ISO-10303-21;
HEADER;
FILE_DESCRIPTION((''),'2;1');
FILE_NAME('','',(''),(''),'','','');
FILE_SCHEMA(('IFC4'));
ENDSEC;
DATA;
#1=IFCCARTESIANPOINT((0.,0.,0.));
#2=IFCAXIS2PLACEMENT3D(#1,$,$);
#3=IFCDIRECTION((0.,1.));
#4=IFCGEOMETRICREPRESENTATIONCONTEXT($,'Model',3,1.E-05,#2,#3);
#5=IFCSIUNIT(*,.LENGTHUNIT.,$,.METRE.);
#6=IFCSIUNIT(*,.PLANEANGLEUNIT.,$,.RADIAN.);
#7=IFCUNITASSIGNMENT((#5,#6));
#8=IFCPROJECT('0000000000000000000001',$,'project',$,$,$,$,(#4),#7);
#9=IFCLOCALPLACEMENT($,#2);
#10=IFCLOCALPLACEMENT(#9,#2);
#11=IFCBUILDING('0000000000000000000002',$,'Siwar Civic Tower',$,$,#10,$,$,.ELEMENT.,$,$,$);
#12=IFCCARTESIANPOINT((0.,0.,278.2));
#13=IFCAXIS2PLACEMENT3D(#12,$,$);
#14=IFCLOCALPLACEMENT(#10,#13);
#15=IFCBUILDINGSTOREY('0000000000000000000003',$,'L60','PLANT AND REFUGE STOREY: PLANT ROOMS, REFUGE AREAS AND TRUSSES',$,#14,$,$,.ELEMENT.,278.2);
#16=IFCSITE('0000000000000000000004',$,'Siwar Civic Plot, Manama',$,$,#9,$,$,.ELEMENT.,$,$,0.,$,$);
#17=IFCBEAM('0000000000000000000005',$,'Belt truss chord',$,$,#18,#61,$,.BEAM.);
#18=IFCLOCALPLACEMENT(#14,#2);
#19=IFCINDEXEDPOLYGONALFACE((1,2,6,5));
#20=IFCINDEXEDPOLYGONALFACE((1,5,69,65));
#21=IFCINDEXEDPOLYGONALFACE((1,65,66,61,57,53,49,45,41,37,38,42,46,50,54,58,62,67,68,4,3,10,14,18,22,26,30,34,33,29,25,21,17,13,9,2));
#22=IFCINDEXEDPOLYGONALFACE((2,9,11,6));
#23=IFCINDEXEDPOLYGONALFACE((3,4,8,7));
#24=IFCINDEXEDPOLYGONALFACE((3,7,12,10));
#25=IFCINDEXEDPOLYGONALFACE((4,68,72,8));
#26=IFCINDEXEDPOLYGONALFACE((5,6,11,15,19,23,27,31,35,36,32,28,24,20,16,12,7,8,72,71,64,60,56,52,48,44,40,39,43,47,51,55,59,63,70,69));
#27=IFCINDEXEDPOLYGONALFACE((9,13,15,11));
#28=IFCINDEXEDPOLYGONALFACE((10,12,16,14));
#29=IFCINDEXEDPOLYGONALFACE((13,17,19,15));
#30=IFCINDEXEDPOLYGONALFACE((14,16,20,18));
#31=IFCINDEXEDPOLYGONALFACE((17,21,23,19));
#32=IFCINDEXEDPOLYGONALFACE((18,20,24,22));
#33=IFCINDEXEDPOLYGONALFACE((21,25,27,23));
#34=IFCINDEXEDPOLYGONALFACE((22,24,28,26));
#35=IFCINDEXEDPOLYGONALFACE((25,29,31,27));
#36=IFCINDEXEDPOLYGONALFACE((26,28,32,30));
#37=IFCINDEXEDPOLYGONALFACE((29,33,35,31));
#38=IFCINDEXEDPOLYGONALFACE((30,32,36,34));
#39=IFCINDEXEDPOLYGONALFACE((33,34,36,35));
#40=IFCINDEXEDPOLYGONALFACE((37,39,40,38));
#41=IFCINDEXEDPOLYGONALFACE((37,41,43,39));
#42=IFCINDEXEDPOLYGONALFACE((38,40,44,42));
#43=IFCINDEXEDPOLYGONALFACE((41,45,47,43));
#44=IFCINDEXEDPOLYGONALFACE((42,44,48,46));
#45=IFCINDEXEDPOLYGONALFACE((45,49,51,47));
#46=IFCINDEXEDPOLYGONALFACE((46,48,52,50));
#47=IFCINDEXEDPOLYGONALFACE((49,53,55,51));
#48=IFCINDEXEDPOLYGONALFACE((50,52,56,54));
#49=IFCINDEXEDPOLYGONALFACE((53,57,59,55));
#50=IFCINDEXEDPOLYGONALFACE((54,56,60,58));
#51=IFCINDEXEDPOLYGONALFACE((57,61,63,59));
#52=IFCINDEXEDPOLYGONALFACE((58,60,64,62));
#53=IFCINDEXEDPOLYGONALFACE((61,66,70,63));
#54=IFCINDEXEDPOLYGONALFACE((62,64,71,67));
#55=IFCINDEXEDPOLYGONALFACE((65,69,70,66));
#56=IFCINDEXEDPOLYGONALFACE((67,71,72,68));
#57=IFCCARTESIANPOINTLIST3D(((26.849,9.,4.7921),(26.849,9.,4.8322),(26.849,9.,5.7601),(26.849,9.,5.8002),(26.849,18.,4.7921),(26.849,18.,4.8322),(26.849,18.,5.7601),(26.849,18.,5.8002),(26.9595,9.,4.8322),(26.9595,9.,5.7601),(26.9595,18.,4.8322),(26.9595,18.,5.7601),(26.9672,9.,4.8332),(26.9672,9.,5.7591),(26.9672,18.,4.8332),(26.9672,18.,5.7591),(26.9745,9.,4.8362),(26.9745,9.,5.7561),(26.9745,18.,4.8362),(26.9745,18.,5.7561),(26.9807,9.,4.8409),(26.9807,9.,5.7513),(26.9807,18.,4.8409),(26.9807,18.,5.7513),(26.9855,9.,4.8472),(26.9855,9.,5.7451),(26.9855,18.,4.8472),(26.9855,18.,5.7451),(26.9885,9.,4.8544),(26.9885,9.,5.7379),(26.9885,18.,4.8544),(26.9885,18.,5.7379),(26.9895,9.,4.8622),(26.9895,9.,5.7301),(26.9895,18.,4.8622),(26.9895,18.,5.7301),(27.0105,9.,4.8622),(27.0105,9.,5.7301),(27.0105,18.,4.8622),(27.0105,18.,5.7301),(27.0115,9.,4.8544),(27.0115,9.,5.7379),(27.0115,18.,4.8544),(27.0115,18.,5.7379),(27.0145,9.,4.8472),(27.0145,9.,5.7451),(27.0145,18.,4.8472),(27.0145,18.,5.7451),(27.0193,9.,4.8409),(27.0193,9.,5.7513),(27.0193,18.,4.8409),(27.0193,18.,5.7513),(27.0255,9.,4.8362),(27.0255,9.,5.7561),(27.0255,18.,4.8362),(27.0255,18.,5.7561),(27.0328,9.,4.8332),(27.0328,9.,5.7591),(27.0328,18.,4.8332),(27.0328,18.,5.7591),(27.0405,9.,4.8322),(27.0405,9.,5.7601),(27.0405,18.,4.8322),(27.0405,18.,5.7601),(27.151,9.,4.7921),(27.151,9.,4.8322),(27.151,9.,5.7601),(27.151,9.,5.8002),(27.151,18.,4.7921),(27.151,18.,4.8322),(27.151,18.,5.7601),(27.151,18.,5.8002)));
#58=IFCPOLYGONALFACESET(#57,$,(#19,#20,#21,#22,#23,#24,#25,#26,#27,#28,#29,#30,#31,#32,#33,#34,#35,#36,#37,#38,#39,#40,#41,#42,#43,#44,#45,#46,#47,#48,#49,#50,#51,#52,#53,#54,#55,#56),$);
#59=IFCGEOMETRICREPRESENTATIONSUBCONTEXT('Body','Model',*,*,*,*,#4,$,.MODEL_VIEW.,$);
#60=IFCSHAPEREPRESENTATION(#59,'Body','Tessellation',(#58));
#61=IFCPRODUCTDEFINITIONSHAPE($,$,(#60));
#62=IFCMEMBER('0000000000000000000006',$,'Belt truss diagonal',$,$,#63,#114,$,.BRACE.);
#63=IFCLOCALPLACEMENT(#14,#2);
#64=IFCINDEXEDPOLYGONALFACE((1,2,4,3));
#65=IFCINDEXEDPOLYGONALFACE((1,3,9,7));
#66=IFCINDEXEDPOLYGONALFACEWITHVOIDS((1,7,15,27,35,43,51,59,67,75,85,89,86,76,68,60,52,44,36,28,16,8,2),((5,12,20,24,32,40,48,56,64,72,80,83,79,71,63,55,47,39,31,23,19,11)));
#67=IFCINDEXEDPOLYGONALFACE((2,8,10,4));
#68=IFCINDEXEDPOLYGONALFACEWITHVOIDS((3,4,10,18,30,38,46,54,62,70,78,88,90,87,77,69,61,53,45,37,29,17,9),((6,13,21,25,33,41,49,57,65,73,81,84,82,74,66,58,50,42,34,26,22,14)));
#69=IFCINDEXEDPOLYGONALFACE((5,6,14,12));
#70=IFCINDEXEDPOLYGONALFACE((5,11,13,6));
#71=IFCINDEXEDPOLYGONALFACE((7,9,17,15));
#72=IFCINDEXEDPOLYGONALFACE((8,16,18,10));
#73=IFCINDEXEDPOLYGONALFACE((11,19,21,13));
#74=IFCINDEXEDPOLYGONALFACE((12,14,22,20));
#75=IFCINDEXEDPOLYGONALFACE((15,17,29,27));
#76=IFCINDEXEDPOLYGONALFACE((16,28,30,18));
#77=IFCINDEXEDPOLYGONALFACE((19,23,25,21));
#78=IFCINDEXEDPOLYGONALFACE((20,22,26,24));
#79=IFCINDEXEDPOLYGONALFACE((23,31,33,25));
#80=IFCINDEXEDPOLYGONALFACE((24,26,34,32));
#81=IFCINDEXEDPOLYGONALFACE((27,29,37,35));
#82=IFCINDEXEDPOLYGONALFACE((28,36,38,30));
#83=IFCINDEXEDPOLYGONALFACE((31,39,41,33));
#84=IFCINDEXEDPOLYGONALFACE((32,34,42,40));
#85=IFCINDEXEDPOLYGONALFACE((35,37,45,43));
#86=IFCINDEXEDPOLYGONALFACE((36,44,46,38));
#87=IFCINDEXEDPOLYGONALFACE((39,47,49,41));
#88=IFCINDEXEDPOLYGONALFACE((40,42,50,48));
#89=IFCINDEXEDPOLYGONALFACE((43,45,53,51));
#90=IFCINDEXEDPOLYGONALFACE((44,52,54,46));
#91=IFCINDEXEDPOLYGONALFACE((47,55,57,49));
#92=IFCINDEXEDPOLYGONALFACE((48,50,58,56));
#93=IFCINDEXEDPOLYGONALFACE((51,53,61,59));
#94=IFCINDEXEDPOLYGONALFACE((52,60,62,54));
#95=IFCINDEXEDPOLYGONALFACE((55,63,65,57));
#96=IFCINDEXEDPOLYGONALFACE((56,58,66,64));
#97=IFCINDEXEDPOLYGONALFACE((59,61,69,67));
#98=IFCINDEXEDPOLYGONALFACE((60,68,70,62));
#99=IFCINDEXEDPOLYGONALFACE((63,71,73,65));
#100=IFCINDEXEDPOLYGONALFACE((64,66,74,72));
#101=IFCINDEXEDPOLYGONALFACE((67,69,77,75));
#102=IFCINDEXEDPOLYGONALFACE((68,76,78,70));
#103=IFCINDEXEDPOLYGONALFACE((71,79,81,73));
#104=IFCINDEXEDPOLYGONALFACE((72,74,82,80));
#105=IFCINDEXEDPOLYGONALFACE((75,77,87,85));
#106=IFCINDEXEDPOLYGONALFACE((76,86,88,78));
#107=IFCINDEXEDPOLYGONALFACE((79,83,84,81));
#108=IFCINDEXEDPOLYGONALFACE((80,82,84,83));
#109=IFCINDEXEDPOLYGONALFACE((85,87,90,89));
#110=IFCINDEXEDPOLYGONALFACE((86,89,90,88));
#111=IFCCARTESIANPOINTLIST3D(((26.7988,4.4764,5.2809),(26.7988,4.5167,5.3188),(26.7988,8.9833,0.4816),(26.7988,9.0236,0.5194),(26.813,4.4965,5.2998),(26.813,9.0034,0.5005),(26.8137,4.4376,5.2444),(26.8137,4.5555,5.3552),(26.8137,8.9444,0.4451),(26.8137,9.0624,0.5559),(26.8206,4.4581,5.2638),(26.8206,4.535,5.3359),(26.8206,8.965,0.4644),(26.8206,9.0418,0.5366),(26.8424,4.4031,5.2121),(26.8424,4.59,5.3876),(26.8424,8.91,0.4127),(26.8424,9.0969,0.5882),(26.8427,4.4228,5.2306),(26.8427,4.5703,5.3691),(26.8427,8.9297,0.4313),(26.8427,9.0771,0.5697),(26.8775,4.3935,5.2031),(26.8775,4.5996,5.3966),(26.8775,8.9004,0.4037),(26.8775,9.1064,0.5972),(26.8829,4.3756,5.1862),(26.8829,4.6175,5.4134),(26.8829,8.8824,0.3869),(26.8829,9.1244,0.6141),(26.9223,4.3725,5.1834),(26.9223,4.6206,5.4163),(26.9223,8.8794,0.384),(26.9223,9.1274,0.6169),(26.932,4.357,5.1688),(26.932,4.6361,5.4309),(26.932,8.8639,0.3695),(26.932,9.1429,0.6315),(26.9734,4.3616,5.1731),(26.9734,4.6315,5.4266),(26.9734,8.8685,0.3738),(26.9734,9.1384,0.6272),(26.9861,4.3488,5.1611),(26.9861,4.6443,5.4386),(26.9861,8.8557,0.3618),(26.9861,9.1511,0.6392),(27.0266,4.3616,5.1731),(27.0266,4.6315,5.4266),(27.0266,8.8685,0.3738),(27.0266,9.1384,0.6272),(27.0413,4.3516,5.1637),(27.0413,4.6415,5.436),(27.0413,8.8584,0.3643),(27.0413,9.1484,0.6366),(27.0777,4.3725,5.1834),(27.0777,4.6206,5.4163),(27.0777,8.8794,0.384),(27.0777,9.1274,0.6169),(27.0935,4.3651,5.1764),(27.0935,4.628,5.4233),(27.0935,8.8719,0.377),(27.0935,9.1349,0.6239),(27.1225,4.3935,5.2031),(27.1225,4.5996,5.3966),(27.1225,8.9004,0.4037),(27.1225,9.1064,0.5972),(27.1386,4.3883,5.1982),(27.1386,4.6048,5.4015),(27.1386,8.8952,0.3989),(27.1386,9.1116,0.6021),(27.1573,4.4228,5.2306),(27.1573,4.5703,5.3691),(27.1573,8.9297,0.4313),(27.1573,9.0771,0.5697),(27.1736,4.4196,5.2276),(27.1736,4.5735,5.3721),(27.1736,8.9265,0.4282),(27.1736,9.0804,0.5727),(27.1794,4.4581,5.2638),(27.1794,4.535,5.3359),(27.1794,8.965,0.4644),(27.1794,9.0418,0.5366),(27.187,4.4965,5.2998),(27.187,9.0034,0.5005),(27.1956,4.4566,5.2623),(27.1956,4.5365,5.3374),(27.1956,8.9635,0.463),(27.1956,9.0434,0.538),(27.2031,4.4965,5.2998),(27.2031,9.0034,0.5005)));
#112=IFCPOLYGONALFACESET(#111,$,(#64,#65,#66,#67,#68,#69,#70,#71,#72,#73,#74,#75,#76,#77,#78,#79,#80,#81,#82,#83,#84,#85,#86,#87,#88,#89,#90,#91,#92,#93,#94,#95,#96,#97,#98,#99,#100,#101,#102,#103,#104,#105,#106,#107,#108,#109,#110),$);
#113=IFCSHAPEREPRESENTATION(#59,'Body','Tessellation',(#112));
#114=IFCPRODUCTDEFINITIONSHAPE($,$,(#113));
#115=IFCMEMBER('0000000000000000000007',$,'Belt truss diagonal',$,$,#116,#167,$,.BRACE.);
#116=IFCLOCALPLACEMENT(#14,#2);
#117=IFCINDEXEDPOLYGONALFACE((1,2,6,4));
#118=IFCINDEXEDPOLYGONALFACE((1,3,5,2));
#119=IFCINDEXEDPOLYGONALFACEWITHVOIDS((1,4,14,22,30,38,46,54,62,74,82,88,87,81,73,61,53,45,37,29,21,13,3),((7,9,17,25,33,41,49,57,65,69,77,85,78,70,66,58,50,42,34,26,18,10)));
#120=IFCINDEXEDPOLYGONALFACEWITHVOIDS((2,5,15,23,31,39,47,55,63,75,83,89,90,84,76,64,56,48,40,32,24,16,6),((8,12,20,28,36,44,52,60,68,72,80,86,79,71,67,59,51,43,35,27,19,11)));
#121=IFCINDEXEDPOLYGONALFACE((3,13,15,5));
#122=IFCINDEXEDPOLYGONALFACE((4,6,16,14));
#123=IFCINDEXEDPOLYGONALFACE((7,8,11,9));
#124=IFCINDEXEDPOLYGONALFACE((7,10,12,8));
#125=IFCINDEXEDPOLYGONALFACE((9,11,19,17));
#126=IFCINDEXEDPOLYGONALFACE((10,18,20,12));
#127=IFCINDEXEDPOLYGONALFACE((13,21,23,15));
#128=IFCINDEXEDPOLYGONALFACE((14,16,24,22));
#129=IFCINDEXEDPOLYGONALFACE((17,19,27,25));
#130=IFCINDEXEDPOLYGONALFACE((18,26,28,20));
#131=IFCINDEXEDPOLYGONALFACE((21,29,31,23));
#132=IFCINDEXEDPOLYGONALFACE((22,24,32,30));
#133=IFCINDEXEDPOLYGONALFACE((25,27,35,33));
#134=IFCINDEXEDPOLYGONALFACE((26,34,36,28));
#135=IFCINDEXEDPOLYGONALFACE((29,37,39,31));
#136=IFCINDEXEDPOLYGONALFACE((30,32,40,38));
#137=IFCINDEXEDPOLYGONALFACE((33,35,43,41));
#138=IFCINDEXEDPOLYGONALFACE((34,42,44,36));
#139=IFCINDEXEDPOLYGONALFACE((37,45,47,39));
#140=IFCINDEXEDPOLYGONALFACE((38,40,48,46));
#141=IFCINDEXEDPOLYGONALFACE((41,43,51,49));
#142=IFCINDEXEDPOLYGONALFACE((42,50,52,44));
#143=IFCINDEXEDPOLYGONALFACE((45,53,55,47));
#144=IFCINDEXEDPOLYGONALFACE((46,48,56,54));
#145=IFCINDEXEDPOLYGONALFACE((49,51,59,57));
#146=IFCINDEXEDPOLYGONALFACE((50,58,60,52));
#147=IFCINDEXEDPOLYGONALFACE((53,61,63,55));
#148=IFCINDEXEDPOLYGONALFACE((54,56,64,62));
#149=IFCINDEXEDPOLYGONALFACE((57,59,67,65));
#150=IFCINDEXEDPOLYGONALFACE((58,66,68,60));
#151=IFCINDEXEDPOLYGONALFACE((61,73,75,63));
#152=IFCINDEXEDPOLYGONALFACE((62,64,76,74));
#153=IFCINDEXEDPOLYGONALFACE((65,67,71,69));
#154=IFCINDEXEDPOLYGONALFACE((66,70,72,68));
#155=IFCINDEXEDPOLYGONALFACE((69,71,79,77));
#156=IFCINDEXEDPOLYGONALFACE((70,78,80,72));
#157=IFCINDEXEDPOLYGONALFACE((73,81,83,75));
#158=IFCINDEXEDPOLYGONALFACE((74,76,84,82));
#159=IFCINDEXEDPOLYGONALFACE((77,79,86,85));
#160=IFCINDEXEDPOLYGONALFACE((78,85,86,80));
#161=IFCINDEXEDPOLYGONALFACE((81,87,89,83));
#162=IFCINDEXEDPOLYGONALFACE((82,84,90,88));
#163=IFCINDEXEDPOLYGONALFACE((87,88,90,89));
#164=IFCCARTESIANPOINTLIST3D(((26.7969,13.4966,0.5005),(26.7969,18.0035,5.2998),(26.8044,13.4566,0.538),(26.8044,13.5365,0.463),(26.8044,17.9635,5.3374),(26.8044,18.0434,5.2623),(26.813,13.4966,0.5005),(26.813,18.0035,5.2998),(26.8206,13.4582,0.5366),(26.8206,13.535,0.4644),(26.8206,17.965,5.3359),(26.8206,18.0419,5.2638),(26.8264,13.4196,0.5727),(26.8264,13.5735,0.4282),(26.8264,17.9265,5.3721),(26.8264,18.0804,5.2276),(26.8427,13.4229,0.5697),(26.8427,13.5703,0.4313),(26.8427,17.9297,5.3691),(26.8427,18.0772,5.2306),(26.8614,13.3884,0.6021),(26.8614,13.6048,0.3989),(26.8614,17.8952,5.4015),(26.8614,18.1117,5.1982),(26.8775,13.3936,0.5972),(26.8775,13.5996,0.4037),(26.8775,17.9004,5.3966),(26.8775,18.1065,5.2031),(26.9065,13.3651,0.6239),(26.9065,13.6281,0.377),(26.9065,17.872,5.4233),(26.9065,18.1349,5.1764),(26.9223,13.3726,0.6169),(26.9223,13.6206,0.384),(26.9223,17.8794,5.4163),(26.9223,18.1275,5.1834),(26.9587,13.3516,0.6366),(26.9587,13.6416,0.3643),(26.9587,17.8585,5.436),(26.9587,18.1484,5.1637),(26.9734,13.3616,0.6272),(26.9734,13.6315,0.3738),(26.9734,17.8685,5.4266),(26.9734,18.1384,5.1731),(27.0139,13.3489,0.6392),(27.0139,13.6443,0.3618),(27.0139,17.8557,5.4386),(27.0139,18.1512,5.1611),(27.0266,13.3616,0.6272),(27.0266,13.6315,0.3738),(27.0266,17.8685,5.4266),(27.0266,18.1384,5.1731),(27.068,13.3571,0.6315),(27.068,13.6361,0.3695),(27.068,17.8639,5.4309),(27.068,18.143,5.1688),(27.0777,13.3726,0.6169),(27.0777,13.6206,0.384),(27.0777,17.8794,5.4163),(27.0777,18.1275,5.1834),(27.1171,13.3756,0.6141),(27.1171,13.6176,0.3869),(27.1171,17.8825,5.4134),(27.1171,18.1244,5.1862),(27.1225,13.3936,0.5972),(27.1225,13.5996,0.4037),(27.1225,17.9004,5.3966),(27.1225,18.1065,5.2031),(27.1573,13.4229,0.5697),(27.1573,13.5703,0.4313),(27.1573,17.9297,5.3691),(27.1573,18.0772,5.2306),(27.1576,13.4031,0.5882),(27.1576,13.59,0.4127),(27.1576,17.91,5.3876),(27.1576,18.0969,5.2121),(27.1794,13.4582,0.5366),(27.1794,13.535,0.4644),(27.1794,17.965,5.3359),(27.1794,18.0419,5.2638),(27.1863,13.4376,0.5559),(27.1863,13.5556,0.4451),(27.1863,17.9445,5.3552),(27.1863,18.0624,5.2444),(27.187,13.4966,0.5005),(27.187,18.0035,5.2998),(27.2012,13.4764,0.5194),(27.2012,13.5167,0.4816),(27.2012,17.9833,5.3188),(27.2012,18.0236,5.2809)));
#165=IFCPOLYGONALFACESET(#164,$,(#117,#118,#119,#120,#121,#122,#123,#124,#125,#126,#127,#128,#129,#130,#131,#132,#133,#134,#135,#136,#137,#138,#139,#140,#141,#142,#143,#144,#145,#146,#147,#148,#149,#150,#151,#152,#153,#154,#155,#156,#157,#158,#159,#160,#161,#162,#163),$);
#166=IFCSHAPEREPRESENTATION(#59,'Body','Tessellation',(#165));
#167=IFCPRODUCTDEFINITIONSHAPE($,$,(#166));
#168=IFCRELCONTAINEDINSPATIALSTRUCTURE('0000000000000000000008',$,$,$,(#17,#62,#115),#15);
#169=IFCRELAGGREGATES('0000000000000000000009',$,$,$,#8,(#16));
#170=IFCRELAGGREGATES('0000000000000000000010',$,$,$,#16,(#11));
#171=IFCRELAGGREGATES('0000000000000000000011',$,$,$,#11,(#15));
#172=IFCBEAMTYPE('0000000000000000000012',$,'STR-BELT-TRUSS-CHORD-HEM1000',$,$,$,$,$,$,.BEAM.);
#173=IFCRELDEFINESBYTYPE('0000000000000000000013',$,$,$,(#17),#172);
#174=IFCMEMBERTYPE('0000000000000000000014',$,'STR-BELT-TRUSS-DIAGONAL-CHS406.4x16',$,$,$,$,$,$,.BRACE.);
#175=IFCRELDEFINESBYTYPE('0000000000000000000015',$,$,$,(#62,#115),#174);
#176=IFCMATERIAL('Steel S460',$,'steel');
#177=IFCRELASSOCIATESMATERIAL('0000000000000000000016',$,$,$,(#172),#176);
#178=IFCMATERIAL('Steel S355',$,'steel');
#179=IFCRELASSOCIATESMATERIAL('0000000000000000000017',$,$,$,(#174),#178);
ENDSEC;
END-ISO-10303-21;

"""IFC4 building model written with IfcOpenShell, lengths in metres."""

from ifc_helpers import new_model, si_unit, direction, frame, origin, origin_2d, place, context, subcontext, project, spatial, hollow_circle, i_section, extrude, material, material_profile, profile_set, type_object, element, save


model = new_model("IFC4")

# Units and contexts
model_context = context("Model", 3, precision=1e-05, world=origin(), true_north=direction((0.0, 1.0)))
body_context = subcontext(model_context, "Body", "Model", "MODEL_VIEW")
ifc_project = project(units=[si_unit("LENGTHUNIT", "METRE"), si_unit("PLANEANGLEUNIT", "RADIAN")], contexts=[model_context])

# Site, building, storey
site_placement = place(None, origin())
site = spatial("IfcSite", under=ifc_project, at=site_placement, Name="Siwar Civic Plot, Manama", CompositionType="ELEMENT", RefElevation=0.0)
building_placement = place(site_placement, origin())
building = spatial("IfcBuilding", under=site, at=building_placement, Name="Siwar Civic Tower", CompositionType="ELEMENT")
storey_placement = place(building_placement, frame((0.0, 0.0, 278.2)))
storey = spatial("IfcBuildingStorey", under=building, at=storey_placement, Name="L60", Description="PLANT AND REFUGE STOREY: PLANT ROOMS, REFUGE AREAS AND TRUSSES", CompositionType="ELEMENT", Elevation=278.2)

# Beam
ifc_material_1 = material(Name="Steel S460", Category="steel")
ifc_material_profile_1 = material_profile(ifc_material_1, i_section(OverallWidth=0.302, OverallDepth=1.0081, WebThickness=0.021, FlangeThickness=0.04, FilletRadius=0.03, at=origin_2d()), Name="HEM1000")
ifc_profile_set_1 = profile_set([ifc_material_profile_1], Name="Steel S460")
beam_type_1 = type_object("IfcBeamType", Name="STR-BELT-TRUSS-CHORD-HEM1000", PredefinedType="BEAM", material=ifc_profile_set_1)
for number, where, z_axis, x_axis, name in (
    (1, (27.0, 9.0, 5.2961), (0.0, 1.0, 0.0), (-1.0, 0.0, 0.0), "Belt truss chord"),
):
    element("IfcBeam", number, at=place(storey_placement, frame(where, z_axis=z_axis, x_axis=x_axis)), inside=storey, type_object=beam_type_1, Name=name, PredefinedType="BEAM", context=body_context, shape_type="SweptSolid", body=[
        extrude(i_section(OverallWidth=0.302, OverallDepth=1.0081, WebThickness=0.021, FlangeThickness=0.04, FilletRadius=0.03, at=origin_2d()), origin(), (0.0, 0.0, 1.0), 9.0),
    ])

# Members
ifc_material_2 = material(Name="Steel S355", Category="steel")
ifc_material_profile_2 = material_profile(ifc_material_2, hollow_circle(Radius=0.2031, WallThickness=0.0161, at=origin_2d()), Name="CHS406.4x16")
ifc_profile_set_2 = profile_set([ifc_material_profile_2], Name="Steel S355")
member_type_1 = type_object("IfcMemberType", Name="STR-BELT-TRUSS-DIAGONAL-CHS406.4x16", PredefinedType="BRACE", material=ifc_profile_set_2)
for number, where, z_axis, x_axis, name in (
    (2, (27.0, 9.0034, 0.5005), (0.0, -0.684545, 0.72897), (1.0, 0.0, 0.0), "Belt truss diagonal"),
    (3, (27.0, 13.4966, 0.5005), (0.0, 0.684545, 0.72897), (-1.0, 0.0, 0.0), "Belt truss diagonal"),
):
    element("IfcMember", number, at=place(storey_placement, frame(where, z_axis=z_axis, x_axis=x_axis)), inside=storey, type_object=member_type_1, Name=name, PredefinedType="BRACE", context=body_context, shape_type="SweptSolid", body=[
        extrude(hollow_circle(Radius=0.2031, WallThickness=0.0161, at=origin_2d()), origin(), (0.0, 0.0, 1.0), 6.5837),
    ])

save(model, "model.ifc")
